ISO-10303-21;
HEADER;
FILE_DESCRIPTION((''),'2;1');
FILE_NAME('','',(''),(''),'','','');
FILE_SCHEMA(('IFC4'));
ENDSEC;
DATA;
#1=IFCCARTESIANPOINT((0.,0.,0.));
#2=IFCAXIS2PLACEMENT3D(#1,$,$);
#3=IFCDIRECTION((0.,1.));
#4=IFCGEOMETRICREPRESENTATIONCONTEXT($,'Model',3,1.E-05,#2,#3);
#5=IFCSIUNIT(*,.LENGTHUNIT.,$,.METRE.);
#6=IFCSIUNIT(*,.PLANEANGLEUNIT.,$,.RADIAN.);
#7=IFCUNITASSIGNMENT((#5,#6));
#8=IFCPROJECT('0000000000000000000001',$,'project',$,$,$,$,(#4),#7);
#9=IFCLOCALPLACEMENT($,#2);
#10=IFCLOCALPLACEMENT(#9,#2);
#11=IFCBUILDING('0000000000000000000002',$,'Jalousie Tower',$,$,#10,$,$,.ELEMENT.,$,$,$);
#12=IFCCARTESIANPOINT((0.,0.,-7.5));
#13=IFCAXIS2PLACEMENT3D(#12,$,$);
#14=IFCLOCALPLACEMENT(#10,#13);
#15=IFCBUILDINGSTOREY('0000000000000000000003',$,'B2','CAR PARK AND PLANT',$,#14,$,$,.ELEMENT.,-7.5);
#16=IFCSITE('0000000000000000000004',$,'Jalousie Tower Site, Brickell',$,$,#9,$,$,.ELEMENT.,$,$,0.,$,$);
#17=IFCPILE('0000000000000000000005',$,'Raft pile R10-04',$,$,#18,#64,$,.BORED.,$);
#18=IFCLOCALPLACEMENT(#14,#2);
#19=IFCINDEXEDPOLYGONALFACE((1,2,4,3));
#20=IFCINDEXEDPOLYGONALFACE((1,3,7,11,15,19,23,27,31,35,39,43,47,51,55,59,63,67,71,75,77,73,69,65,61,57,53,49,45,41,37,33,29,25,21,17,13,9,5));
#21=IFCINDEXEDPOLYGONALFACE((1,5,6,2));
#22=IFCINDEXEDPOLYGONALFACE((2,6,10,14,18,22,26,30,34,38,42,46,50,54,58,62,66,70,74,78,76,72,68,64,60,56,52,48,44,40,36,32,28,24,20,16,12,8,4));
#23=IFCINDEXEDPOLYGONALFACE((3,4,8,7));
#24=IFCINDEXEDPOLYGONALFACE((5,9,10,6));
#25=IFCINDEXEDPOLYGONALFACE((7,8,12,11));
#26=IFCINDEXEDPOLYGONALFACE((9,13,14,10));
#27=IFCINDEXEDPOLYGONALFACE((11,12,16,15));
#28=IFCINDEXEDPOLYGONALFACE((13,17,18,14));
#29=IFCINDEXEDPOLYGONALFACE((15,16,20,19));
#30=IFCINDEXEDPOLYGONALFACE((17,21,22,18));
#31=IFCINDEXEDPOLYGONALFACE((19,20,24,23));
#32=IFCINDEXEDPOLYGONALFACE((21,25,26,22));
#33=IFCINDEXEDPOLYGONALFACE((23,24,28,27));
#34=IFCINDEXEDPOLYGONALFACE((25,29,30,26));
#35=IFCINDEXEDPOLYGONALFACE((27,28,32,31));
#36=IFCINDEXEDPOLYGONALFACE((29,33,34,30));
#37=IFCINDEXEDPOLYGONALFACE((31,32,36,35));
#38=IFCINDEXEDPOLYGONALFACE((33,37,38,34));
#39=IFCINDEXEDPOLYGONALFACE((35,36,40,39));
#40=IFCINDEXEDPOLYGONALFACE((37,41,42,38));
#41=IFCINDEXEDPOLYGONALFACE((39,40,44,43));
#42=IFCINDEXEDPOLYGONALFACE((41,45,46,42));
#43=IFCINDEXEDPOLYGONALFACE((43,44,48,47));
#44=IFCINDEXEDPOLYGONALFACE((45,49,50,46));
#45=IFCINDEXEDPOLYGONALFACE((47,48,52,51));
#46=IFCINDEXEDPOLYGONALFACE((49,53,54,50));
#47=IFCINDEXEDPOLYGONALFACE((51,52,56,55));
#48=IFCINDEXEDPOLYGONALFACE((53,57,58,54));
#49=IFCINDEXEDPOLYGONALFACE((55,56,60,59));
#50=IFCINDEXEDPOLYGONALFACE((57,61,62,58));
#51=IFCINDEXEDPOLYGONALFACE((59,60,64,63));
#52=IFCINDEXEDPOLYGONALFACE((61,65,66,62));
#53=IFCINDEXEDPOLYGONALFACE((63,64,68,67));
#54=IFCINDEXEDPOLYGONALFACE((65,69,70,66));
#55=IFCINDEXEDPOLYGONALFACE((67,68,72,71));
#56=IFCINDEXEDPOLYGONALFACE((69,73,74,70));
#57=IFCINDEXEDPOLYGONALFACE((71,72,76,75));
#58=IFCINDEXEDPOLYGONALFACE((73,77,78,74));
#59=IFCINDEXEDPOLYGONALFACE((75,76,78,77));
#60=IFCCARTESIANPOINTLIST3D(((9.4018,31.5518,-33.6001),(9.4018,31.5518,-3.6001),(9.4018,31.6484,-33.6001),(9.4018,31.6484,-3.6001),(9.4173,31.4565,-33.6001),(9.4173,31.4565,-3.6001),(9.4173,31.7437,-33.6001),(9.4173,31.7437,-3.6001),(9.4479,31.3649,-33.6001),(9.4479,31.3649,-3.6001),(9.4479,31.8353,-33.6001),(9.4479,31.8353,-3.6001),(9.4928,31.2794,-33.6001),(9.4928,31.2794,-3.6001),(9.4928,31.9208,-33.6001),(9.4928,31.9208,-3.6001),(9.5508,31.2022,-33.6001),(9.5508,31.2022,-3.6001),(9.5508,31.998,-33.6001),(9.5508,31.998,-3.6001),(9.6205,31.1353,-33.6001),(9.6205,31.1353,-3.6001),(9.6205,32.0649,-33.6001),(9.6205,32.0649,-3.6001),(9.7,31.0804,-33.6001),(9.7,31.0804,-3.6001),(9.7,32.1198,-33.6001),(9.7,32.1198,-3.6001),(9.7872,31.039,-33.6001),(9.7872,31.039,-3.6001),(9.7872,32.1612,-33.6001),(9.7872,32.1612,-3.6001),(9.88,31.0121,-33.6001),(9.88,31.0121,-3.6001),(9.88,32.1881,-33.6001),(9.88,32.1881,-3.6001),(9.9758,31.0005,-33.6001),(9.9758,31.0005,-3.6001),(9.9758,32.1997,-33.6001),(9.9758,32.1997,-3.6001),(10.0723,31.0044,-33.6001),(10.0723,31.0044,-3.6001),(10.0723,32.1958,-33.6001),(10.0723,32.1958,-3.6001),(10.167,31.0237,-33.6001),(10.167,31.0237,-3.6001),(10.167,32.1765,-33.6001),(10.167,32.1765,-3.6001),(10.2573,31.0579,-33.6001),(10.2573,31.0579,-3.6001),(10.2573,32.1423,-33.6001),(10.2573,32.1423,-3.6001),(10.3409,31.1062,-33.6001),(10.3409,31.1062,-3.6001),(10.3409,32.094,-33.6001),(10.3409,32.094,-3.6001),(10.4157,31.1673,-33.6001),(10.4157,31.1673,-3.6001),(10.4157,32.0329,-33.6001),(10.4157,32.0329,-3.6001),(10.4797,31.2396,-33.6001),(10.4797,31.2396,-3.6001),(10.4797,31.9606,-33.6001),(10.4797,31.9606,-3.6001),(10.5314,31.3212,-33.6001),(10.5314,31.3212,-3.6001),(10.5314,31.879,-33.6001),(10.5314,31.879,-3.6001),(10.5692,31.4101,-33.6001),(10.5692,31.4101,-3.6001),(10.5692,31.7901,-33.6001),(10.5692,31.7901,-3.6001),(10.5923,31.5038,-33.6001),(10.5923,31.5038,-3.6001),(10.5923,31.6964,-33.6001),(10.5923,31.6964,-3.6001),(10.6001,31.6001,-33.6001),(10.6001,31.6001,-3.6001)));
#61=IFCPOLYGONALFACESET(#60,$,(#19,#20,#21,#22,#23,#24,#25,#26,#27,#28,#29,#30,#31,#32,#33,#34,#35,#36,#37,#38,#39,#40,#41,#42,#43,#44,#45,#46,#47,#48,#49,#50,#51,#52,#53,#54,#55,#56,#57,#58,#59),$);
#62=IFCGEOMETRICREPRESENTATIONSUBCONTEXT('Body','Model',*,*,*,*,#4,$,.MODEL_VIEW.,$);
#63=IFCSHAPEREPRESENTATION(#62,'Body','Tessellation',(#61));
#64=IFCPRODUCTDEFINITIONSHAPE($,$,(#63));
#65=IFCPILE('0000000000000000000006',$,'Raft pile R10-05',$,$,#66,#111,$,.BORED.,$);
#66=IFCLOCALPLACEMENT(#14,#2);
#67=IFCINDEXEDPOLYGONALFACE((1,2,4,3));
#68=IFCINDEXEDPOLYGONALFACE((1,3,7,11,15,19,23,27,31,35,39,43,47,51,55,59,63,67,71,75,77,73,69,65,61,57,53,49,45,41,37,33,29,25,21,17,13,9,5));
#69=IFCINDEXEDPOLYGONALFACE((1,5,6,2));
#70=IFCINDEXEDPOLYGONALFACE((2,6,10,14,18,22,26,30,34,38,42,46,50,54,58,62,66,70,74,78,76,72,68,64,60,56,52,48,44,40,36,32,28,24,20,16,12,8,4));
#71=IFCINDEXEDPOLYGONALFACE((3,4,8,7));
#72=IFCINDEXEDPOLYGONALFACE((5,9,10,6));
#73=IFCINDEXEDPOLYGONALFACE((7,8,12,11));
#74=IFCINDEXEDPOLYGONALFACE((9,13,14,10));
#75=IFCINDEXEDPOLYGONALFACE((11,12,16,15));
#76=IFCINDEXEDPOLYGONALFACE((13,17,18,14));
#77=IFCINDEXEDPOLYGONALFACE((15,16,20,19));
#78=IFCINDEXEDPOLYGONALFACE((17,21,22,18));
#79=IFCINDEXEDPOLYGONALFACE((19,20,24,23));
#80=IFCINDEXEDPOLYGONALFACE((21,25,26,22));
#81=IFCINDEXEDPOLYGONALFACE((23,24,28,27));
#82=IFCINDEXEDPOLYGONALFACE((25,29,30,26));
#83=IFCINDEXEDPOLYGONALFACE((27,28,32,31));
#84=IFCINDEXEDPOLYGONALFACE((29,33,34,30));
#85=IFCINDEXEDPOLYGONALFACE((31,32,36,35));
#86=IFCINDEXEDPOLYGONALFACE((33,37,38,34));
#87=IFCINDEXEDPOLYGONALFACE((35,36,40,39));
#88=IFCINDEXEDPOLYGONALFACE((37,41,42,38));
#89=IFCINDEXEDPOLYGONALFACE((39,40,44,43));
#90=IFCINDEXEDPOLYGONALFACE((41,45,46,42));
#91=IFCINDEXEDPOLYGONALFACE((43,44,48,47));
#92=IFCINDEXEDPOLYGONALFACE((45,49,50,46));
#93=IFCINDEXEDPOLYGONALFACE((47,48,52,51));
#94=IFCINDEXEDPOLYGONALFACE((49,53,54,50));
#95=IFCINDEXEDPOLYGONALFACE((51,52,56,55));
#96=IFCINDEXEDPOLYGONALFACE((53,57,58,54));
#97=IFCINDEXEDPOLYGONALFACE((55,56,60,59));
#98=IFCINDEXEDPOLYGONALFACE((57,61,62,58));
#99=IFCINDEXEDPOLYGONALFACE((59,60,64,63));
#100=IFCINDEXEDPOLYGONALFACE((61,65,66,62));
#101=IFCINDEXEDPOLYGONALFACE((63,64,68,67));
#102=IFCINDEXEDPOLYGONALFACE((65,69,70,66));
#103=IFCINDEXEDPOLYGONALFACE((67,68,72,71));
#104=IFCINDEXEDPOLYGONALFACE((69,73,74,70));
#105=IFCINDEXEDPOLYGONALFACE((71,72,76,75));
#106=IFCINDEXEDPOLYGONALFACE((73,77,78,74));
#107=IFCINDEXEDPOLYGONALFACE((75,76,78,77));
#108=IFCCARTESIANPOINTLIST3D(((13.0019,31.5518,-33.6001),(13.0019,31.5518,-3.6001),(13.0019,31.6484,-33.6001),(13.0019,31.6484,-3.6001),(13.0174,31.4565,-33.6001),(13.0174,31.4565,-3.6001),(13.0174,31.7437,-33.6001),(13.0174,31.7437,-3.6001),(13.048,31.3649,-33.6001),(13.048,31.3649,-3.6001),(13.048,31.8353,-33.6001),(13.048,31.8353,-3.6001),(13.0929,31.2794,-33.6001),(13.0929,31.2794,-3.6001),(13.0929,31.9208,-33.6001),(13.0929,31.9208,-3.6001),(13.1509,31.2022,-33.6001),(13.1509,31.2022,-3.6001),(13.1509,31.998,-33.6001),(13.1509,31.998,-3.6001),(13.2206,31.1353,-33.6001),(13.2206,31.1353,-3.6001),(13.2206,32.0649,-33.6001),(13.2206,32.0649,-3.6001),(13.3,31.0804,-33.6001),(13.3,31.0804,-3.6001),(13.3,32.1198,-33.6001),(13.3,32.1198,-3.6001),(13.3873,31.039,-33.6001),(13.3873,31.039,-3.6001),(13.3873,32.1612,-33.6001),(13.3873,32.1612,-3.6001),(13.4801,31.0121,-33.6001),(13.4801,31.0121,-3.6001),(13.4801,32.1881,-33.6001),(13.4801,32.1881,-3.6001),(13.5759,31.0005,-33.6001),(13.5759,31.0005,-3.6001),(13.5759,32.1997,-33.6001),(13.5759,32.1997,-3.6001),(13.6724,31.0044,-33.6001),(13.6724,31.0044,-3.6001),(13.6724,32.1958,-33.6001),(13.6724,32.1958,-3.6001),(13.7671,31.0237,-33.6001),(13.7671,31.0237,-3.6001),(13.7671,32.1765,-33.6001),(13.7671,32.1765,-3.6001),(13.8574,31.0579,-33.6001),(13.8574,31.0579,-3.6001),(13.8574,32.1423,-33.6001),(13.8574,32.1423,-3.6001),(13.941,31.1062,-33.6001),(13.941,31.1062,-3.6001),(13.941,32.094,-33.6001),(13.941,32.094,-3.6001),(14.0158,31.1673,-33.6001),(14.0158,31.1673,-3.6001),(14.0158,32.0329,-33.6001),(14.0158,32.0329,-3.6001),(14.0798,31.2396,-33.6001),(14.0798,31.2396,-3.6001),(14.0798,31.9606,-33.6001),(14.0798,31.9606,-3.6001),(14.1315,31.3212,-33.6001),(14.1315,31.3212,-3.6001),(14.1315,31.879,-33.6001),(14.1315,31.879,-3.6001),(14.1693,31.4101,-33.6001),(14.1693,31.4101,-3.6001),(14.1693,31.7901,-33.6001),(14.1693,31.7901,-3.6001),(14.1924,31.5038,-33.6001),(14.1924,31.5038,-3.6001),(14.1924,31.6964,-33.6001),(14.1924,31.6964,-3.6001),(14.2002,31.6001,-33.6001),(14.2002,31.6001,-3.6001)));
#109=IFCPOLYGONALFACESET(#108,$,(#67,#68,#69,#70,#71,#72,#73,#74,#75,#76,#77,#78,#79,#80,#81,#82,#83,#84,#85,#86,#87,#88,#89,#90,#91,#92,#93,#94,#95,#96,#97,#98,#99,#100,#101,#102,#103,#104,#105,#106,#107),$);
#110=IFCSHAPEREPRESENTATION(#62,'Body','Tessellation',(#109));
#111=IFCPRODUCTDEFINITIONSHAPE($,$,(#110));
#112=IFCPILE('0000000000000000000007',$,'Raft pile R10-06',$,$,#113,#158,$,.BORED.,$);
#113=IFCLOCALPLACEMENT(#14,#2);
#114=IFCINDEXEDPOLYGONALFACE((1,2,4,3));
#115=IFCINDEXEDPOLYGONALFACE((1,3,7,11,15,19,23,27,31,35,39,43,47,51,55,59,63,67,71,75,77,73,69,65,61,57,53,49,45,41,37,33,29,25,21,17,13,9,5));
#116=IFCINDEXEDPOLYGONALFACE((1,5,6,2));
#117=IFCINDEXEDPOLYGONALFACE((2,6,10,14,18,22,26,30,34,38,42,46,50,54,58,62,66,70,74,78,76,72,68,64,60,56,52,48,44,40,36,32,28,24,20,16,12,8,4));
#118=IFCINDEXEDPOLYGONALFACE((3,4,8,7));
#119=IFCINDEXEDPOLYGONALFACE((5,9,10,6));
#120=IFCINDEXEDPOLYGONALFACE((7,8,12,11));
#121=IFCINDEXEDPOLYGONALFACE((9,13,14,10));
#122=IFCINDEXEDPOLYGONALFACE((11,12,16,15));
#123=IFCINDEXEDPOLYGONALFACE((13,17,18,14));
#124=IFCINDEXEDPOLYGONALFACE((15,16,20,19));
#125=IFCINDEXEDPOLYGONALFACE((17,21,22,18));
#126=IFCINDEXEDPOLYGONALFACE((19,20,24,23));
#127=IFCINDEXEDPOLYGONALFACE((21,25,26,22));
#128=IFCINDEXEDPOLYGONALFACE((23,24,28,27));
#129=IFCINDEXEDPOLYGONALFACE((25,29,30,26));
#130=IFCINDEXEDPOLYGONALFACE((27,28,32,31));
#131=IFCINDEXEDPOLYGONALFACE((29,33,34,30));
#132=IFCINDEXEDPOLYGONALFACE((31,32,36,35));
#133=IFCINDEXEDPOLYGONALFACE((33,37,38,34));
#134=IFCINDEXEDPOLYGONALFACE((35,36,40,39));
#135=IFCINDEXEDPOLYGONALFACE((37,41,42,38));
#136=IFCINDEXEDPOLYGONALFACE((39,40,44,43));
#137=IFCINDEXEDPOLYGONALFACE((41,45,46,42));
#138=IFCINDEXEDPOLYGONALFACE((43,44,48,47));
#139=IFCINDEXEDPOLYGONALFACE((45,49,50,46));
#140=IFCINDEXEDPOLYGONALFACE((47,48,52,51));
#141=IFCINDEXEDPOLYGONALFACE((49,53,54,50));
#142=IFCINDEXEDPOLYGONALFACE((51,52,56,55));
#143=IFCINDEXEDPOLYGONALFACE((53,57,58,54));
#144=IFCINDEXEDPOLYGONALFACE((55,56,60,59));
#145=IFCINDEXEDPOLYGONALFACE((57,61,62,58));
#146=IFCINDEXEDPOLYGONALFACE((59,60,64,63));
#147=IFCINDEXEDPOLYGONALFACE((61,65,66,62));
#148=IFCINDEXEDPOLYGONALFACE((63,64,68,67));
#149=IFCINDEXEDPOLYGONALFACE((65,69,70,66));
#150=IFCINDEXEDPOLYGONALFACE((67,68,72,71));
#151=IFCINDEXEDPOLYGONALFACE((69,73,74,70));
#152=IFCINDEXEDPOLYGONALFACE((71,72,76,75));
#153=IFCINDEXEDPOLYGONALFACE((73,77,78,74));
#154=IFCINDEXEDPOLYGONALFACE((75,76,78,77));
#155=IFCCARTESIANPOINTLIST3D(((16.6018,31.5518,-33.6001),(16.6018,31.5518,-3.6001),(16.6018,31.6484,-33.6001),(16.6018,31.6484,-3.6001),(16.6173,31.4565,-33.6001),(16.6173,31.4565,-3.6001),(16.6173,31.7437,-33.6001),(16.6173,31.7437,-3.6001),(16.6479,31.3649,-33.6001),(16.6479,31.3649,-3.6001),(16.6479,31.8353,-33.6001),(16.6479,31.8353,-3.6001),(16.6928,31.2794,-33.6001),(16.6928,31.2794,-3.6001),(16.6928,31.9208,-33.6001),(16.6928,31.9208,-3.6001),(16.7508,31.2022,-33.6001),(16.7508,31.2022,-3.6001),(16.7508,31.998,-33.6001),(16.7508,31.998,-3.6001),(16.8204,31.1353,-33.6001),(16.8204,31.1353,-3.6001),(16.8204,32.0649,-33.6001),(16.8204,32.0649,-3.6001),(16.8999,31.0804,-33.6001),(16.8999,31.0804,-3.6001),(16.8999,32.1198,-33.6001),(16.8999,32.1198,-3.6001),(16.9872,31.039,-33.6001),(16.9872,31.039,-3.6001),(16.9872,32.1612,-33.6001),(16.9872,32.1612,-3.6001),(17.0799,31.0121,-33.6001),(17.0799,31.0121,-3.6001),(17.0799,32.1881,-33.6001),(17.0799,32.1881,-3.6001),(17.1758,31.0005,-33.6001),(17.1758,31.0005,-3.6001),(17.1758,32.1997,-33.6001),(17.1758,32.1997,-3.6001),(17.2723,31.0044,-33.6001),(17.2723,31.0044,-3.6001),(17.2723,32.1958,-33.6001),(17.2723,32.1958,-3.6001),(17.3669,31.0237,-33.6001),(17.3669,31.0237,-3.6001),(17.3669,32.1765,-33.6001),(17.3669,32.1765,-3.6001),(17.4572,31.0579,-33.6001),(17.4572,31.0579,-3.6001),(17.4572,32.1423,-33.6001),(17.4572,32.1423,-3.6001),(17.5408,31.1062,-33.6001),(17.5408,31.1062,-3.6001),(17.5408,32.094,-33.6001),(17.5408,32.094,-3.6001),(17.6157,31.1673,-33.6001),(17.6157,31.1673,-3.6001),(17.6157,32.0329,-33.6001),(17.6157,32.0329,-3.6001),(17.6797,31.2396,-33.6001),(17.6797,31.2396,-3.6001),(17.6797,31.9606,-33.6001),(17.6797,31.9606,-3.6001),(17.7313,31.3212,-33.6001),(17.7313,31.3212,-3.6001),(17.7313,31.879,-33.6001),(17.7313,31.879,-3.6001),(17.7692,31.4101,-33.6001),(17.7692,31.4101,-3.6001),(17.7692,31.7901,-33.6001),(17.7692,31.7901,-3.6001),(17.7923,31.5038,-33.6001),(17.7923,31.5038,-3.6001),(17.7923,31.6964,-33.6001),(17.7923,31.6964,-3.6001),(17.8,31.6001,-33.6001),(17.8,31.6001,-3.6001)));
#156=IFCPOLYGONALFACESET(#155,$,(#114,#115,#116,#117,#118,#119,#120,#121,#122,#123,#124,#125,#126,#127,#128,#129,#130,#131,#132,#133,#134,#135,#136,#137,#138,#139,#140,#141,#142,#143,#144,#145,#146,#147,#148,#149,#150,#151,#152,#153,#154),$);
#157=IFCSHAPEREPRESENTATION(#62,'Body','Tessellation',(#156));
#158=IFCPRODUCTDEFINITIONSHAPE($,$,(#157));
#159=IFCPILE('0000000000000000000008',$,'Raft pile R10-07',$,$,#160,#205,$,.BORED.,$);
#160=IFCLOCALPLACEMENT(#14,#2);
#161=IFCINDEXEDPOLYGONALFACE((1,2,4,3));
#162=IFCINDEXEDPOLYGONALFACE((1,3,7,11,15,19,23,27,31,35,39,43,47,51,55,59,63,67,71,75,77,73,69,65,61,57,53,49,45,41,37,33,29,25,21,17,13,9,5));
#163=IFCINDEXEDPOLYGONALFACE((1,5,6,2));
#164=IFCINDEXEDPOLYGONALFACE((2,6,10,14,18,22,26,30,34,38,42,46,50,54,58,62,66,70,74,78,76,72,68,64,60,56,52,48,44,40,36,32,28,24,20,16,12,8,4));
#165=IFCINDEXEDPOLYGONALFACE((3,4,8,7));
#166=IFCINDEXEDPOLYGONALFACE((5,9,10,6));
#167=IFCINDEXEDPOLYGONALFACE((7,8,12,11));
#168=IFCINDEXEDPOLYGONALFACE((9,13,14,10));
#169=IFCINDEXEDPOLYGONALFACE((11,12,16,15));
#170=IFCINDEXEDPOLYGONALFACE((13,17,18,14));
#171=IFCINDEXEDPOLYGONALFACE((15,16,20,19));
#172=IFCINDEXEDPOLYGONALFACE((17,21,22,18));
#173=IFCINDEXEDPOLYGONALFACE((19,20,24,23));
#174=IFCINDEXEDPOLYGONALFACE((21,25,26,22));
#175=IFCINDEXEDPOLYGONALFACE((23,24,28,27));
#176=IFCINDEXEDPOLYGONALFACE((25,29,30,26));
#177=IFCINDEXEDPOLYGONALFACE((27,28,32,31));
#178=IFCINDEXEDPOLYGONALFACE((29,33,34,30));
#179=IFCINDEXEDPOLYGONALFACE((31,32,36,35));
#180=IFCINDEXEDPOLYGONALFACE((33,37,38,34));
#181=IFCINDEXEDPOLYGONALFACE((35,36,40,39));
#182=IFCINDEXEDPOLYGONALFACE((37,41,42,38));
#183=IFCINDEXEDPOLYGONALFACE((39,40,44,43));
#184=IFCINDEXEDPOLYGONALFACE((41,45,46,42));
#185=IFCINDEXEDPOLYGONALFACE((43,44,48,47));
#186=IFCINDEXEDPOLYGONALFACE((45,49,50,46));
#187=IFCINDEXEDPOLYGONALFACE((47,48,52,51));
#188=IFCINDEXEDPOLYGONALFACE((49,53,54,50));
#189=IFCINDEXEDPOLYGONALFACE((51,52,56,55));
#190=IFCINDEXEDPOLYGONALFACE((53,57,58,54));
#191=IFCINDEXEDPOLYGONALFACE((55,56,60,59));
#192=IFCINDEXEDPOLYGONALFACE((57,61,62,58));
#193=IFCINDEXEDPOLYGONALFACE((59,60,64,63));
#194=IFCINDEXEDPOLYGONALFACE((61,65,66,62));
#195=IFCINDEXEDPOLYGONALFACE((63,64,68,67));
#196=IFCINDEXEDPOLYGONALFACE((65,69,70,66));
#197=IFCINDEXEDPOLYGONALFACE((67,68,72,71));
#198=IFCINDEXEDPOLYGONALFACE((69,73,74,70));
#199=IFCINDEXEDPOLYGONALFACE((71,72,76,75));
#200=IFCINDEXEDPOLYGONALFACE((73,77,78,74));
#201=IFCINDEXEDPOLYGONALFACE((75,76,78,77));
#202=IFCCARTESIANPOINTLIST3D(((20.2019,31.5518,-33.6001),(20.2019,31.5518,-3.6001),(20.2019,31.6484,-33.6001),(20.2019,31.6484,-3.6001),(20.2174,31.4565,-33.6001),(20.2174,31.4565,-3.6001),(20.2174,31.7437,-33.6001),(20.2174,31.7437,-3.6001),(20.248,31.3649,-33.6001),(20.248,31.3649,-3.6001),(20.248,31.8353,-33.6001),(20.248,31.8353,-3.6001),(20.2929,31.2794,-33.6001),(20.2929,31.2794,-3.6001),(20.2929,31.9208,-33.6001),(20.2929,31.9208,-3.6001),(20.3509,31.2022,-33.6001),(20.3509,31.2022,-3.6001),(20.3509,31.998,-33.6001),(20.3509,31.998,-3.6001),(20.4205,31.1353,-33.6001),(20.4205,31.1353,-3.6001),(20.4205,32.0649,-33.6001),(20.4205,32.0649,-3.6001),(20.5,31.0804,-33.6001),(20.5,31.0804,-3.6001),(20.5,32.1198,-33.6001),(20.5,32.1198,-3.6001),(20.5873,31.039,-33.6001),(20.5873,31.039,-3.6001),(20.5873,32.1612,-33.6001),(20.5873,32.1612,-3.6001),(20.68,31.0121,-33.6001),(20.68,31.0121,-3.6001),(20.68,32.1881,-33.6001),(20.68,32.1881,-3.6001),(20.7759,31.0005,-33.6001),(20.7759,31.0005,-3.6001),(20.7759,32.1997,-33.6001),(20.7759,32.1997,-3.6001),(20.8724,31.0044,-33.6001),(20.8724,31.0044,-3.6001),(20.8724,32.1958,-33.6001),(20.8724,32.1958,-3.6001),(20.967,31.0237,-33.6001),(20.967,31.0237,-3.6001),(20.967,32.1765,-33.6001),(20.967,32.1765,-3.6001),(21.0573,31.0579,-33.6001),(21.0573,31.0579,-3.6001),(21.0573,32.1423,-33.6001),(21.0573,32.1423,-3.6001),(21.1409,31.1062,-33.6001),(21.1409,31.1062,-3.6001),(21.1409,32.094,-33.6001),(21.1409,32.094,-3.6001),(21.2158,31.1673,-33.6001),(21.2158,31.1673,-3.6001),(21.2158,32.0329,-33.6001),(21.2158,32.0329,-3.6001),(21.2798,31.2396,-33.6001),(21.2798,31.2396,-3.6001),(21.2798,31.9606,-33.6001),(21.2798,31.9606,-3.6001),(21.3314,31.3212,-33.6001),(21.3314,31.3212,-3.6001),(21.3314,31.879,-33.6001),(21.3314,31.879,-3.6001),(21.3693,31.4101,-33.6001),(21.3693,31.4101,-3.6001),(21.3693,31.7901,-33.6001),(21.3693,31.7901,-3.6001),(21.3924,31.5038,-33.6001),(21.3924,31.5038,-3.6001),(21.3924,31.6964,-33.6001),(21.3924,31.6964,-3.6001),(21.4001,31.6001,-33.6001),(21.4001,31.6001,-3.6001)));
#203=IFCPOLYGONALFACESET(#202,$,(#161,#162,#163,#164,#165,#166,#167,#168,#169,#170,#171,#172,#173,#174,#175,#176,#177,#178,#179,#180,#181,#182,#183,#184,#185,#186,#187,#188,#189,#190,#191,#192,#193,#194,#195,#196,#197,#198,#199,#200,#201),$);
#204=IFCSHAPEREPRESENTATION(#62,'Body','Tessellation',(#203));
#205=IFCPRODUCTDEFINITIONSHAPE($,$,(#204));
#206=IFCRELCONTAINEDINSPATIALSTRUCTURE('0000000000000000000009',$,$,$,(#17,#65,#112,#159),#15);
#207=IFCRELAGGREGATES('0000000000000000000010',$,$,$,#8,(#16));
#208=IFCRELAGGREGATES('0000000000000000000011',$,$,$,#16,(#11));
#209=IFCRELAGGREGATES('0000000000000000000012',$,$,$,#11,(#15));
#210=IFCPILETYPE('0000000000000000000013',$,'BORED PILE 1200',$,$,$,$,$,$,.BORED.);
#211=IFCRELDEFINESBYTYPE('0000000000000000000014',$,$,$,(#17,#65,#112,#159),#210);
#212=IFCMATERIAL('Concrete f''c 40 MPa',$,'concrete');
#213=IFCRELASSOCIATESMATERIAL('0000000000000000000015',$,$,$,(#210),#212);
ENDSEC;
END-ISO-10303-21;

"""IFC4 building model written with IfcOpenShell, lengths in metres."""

from ifc_helpers import new_model, si_unit, direction, frame, origin, origin_2d, place, context, subcontext, project, spatial, circle, extrude, material, material_profile, profile_set, type_object, element, save


model = new_model("IFC4")

# Units and contexts
model_context = context("Model", 3, precision=1e-05, world=origin(), true_north=direction((0.0, 1.0)))
body_context = subcontext(model_context, "Body", "Model", "MODEL_VIEW")
ifc_project = project(units=[si_unit("LENGTHUNIT", "METRE"), si_unit("PLANEANGLEUNIT", "RADIAN")], contexts=[model_context])

# Site, building, storey
site_placement = place(None, origin())
site = spatial("IfcSite", under=ifc_project, at=site_placement, Name="Jalousie Tower Site, Brickell", CompositionType="ELEMENT", RefElevation=0.0)
building_placement = place(site_placement, origin())
building = spatial("IfcBuilding", under=site, at=building_placement, Name="Jalousie Tower", CompositionType="ELEMENT")
storey_placement = place(building_placement, frame((0.0, 0.0, -7.5)))
storey = spatial("IfcBuildingStorey", under=building, at=storey_placement, Name="B2", Description="CAR PARK AND PLANT", CompositionType="ELEMENT", Elevation=-7.5)

# Piles
ifc_material_1 = material(Name="Concrete f'c 40 MPa", Category="concrete")
ifc_material_profile_1 = material_profile(ifc_material_1, circle(Radius=0.6001, at=origin_2d()), Name="BORED PILE D1200")
ifc_profile_set_1 = profile_set([ifc_material_profile_1], Name="Concrete f'c 40 MPa")
pile_type = type_object("IfcPileType", Name="BORED PILE 1200", PredefinedType="BORED", material=ifc_profile_set_1)
for number, where, z_axis, x_axis, name in (
    (1, (10.0, 31.6001, -3.6001), (0.0, 0.0, -1.0), (1.0, 0.0, 0.0), "Raft pile R10-04"),
    (2, (13.6001, 31.6001, -3.6001), (0.0, 0.0, -1.0), (1.0, 0.0, 0.0), "Raft pile R10-05"),
    (3, (17.2, 31.6001, -3.6001), (0.0, 0.0, -1.0), (1.0, 0.0, 0.0), "Raft pile R10-06"),
    (4, (20.8, 31.6001, -3.6001), (0.0, 0.0, -1.0), (1.0, 0.0, 0.0), "Raft pile R10-07"),
):
    element("IfcPile", number, at=place(storey_placement, frame(where, z_axis=z_axis, x_axis=x_axis)), inside=storey, type_object=pile_type, Name=name, PredefinedType="BORED", context=body_context, shape_type="SweptSolid", body=[
        extrude(circle(Radius=0.6001, at=origin_2d()), origin(), (0.0, 0.0, 1.0), 30.0),
    ])

save(model, "model.ifc")
